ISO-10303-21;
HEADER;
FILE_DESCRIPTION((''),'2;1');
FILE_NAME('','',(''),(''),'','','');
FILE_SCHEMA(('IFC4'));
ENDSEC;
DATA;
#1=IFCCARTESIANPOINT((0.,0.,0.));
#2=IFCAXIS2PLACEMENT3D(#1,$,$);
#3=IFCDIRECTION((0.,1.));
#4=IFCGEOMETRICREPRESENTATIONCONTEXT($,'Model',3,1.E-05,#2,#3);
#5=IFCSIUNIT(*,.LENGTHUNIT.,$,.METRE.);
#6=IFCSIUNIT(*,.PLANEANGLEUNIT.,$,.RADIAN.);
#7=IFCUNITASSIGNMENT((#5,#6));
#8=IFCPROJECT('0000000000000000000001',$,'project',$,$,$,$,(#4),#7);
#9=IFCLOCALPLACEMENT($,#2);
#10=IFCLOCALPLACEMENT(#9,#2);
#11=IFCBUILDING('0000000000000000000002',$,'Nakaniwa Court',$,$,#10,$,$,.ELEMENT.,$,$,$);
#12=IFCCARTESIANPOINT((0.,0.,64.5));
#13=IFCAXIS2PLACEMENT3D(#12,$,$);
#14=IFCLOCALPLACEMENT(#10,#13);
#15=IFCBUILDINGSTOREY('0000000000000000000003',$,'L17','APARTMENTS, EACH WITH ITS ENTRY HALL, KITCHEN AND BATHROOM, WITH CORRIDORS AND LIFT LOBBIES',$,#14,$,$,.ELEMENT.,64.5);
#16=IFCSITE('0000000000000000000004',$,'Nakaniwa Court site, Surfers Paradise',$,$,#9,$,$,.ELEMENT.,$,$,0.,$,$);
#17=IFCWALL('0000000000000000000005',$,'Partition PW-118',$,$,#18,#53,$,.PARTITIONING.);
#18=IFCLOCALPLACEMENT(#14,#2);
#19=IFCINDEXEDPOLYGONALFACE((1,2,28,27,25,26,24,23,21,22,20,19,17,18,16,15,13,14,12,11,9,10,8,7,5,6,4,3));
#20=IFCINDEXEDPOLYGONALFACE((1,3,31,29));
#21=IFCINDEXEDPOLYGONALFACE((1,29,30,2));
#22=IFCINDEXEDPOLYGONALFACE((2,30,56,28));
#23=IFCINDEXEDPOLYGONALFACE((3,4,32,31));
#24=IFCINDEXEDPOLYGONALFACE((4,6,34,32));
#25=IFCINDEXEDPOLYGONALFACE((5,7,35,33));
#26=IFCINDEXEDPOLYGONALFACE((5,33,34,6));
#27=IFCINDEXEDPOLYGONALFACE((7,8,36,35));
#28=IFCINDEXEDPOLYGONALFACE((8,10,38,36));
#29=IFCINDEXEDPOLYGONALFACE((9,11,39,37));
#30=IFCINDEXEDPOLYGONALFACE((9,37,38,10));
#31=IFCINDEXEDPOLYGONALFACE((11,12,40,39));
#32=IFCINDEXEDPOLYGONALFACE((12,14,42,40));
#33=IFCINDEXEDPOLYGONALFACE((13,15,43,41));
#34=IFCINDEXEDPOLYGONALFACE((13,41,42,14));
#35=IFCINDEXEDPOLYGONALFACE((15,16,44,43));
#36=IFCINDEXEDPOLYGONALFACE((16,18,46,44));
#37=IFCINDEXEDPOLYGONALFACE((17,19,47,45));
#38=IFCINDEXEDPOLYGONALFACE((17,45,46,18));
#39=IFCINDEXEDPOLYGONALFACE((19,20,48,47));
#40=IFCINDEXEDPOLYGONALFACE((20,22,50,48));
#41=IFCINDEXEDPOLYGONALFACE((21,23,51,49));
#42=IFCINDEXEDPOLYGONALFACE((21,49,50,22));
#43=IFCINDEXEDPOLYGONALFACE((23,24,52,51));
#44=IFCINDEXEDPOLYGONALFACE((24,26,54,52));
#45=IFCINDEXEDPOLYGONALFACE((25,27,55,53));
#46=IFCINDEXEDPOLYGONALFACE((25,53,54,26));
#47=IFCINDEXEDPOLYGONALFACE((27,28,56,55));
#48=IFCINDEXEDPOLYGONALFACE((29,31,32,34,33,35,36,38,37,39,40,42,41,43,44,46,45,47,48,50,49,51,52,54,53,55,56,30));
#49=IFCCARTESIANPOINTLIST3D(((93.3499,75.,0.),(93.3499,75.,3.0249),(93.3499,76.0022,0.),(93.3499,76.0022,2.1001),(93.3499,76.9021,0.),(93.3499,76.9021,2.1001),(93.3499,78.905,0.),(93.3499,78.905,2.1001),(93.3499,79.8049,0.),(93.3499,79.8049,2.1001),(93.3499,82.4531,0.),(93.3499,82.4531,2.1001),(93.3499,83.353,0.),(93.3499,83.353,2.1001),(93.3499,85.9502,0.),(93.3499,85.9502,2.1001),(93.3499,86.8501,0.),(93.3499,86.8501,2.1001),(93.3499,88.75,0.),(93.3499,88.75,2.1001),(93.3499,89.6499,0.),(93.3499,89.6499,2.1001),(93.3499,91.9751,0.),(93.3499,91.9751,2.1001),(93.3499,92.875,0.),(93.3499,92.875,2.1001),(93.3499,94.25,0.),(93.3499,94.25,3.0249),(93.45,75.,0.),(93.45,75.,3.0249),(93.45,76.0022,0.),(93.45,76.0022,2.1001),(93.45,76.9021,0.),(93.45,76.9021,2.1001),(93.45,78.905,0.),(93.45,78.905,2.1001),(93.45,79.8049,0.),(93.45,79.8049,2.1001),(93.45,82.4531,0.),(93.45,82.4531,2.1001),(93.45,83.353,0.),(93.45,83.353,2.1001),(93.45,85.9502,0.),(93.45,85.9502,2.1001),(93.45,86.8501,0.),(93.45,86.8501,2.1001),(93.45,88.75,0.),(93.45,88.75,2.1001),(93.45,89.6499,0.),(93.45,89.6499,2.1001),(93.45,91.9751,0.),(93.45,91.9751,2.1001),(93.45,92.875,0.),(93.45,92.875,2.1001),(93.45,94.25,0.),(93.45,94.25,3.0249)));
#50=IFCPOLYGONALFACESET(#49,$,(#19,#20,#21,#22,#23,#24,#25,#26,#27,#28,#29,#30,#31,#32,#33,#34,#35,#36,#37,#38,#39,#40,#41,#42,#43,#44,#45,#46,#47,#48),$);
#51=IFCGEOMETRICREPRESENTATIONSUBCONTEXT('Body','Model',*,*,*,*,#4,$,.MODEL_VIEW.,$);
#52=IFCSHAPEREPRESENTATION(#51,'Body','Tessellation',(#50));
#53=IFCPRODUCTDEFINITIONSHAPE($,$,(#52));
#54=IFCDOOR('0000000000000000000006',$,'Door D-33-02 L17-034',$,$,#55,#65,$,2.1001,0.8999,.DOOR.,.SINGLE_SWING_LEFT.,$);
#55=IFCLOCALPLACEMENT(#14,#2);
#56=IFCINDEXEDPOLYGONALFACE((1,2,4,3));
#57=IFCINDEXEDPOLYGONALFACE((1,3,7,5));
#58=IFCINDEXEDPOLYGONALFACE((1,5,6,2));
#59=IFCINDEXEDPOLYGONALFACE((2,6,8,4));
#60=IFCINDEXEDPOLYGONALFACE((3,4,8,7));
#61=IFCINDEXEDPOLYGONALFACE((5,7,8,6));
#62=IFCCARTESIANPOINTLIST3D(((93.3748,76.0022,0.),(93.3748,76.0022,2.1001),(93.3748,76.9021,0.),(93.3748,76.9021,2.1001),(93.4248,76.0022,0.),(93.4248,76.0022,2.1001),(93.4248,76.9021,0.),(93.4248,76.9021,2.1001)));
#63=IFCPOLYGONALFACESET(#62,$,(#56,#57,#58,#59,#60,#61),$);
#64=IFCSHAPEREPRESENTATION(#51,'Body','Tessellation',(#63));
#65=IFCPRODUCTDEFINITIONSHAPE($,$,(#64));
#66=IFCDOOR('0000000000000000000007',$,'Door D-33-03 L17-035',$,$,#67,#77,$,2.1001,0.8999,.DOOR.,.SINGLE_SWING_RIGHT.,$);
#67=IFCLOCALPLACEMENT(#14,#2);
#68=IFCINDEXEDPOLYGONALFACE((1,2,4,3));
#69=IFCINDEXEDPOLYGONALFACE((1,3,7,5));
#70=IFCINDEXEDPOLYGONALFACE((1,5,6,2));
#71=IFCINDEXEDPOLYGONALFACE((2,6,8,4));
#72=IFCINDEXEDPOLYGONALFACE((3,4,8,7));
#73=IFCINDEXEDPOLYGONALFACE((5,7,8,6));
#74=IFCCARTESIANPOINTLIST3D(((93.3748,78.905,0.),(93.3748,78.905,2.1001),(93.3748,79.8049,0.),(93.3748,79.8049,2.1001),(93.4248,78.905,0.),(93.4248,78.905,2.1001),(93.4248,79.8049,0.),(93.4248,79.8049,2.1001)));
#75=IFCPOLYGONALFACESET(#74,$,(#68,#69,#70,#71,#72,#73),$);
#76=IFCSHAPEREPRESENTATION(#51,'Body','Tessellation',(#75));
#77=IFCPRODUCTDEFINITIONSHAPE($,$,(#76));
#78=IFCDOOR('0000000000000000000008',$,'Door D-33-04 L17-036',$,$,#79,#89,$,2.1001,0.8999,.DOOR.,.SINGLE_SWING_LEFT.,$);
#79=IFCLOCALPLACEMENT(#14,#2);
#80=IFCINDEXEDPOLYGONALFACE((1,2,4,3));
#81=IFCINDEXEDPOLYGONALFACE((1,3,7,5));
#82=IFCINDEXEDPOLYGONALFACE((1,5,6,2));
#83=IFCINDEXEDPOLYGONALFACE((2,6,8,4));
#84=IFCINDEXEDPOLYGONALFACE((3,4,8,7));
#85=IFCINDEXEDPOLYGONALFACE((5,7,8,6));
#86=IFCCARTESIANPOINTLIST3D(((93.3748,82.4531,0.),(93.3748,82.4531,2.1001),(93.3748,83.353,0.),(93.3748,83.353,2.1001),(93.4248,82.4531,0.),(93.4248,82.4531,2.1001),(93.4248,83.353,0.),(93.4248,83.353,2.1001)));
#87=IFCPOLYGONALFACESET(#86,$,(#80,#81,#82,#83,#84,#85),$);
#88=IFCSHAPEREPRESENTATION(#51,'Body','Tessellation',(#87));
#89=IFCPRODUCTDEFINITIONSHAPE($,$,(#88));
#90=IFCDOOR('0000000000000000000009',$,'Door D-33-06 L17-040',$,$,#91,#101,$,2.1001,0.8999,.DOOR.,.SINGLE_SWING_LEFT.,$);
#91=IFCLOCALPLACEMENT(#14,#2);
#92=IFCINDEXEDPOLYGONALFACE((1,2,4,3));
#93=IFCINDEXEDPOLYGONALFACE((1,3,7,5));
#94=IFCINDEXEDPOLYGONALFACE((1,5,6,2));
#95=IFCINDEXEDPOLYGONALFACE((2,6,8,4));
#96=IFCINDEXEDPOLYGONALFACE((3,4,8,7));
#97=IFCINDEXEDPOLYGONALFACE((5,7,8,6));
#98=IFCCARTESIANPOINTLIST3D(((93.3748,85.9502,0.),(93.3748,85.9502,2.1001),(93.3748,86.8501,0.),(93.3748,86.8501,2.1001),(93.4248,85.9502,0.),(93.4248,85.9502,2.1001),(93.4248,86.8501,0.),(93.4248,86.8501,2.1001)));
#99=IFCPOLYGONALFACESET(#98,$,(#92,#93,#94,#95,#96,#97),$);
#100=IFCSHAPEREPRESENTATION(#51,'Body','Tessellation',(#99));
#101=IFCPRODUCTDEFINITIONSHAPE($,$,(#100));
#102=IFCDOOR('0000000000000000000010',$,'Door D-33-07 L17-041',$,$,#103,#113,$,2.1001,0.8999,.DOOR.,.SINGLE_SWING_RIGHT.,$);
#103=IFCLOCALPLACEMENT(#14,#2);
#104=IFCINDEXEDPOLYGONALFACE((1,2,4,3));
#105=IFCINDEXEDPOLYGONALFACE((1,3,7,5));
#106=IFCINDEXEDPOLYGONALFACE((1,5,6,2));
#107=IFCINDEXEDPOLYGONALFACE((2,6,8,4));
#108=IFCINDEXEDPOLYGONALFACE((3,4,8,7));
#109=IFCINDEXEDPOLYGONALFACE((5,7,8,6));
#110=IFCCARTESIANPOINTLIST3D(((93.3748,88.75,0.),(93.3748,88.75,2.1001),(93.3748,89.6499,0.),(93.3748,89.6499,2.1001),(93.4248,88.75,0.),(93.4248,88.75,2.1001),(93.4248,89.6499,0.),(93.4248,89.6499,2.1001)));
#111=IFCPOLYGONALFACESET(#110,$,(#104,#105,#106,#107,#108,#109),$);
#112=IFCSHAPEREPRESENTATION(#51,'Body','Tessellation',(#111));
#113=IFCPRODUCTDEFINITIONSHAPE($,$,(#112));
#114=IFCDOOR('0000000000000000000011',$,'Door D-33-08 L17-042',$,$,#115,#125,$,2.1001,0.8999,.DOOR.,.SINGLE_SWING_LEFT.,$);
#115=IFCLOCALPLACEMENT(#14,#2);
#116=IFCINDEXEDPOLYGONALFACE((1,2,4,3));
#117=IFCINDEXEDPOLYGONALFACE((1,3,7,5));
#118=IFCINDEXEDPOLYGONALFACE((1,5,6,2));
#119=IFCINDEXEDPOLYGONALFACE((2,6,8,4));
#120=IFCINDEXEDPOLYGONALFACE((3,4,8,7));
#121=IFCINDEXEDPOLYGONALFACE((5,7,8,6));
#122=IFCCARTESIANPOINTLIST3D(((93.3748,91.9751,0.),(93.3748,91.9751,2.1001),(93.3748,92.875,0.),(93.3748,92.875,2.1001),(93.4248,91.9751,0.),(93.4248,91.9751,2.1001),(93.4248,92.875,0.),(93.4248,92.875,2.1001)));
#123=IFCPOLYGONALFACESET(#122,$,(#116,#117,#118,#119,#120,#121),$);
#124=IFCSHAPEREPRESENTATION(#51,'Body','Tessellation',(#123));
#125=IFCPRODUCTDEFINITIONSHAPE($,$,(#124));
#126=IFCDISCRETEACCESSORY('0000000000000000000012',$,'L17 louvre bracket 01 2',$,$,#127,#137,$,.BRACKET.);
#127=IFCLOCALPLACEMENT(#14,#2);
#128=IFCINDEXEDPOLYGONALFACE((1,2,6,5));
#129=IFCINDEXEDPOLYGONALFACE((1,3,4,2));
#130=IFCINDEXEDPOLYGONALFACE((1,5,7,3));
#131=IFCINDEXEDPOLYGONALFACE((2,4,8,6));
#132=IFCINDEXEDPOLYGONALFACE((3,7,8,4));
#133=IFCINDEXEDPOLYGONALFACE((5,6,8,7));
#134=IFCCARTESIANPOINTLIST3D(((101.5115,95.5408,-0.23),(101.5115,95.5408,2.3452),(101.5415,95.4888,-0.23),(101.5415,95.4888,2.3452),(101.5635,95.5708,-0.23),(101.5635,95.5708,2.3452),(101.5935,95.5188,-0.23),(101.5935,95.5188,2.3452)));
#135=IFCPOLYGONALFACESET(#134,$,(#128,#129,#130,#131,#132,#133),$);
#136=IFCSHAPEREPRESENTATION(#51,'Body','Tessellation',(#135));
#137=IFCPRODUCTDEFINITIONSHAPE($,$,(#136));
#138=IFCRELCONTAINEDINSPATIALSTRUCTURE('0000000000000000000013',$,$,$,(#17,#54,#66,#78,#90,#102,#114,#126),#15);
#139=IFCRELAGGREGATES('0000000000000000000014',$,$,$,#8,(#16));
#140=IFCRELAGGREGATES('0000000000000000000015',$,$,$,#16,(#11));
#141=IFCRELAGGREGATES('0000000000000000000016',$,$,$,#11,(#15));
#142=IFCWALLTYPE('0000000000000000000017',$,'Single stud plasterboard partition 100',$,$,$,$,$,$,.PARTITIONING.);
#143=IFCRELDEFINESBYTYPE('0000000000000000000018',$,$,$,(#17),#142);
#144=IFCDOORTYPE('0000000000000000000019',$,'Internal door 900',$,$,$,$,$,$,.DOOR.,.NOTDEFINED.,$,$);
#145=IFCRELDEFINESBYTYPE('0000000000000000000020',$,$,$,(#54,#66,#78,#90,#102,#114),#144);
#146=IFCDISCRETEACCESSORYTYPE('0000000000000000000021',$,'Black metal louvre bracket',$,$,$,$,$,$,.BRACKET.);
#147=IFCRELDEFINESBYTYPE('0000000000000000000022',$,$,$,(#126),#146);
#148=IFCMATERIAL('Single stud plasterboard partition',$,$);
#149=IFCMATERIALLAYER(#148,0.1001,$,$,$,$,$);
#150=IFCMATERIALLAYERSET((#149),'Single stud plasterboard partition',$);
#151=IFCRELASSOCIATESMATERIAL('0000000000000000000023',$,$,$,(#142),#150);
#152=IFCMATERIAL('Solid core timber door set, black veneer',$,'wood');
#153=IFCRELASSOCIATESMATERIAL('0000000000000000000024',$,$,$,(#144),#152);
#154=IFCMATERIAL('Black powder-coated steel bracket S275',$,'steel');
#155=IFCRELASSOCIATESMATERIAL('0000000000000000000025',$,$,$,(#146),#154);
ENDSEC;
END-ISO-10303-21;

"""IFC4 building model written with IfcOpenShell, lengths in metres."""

from ifc_helpers import new_model, si_unit, direction, frame, frame_2d, origin, origin_2d, place, context, subcontext, project, spatial, rectangle, extrude, material, layer, layer_set, type_object, element, fill, save


model = new_model("IFC4")

# Units and contexts
model_context = context("Model", 3, precision=1e-05, world=origin(), true_north=direction((0.0, 1.0)))
body_context = subcontext(model_context, "Body", "Model", "MODEL_VIEW")
ifc_project = project(units=[si_unit("LENGTHUNIT", "METRE"), si_unit("PLANEANGLEUNIT", "RADIAN")], contexts=[model_context])

# Site, building, storey
site_placement = place(None, origin())
site = spatial("IfcSite", under=ifc_project, at=site_placement, Name="Nakaniwa Court site, Surfers Paradise", CompositionType="ELEMENT", RefElevation=0.0)
building_placement = place(site_placement, origin())
building = spatial("IfcBuilding", under=site, at=building_placement, Name="Nakaniwa Court", CompositionType="ELEMENT")
storey_placement = place(building_placement, frame((0.0, 0.0, 64.5)))
storey = spatial("IfcBuildingStorey", under=building, at=storey_placement, Name="L17", Description="APARTMENTS, EACH WITH ITS ENTRY HALL, KITCHEN AND BATHROOM, WITH CORRIDORS AND LIFT LOBBIES", CompositionType="ELEMENT", Elevation=64.5)

# Shared definitions
ifc_material_1 = material(Name="Solid core timber door set, black veneer", Category="wood")

# Wall, openings, doors
ifc_material_2 = material(Name="Single stud plasterboard partition")
ifc_layer_1 = layer(ifc_material_2, 0.1001)
ifc_layer_set_1 = layer_set([ifc_layer_1], Name="Single stud plasterboard partition")
wall_type_1 = type_object("IfcWallType", Name="Single stud plasterboard partition 100", PredefinedType="PARTITIONING", material=ifc_layer_set_1)
wall_1_placement = place(storey_placement, frame((93.3999, 94.25, 0.0), z_axis=(0.0, 0.0, 1.0), x_axis=(0.0, -1.0, 0.0)))
wall_1 = element("IfcWall", 1, at=wall_1_placement, inside=storey, type_object=wall_type_1, Name="Partition PW-118", PredefinedType="PARTITIONING", context=body_context, shape_type="SweptSolid", body=[
    extrude(rectangle(XDim=19.25, YDim=0.1001, at=frame_2d((9.625, 0.0))), origin(), (0.0, 0.0, 1.0), 3.0249),
])
opening_1_placement = place(wall_1_placement, frame((17.3479, 0.0, 0.0)))
opening_1 = element("IfcOpeningElement", 2, at=opening_1_placement, cuts=wall_1, PredefinedType="OPENING", context=body_context, shape_type="SweptSolid", body=[
    extrude(rectangle(XDim=0.8999, YDim=2.1001, at=frame_2d((0.45, 1.05))), frame((0.0, 0.0601, 0.0), z_axis=(0.0, -1.0, 0.0), x_axis=(1.0, 0.0, 0.0)), (0.0, 0.0, 1.0), 0.1201),
])
opening_2_placement = place(wall_1_placement, frame((14.4451, 0.0, 0.0)))
opening_2 = element("IfcOpeningElement", 3, at=opening_2_placement, cuts=wall_1, PredefinedType="OPENING", context=body_context, shape_type="SweptSolid", body=[
    extrude(rectangle(XDim=0.8999, YDim=2.1001, at=frame_2d((0.45, 1.05))), frame((0.0, 0.0601, 0.0), z_axis=(0.0, -1.0, 0.0), x_axis=(1.0, 0.0, 0.0)), (0.0, 0.0, 1.0), 0.1201),
])
opening_3_placement = place(wall_1_placement, frame((10.897, 0.0, 0.0)))
opening_3 = element("IfcOpeningElement", 4, at=opening_3_placement, cuts=wall_1, PredefinedType="OPENING", context=body_context, shape_type="SweptSolid", body=[
    extrude(rectangle(XDim=0.8999, YDim=2.1001, at=frame_2d((0.45, 1.05))), frame((0.0, 0.0601, 0.0), z_axis=(0.0, -1.0, 0.0), x_axis=(1.0, 0.0, 0.0)), (0.0, 0.0, 1.0), 0.1201),
])
opening_4_placement = place(wall_1_placement, frame((7.3999, 0.0, 0.0)))
opening_4 = element("IfcOpeningElement", 5, at=opening_4_placement, cuts=wall_1, PredefinedType="OPENING", context=body_context, shape_type="SweptSolid", body=[
    extrude(rectangle(XDim=0.8999, YDim=2.1001, at=frame_2d((0.45, 1.05))), frame((0.0, 0.0601, 0.0), z_axis=(0.0, -1.0, 0.0), x_axis=(1.0, 0.0, 0.0)), (0.0, 0.0, 1.0), 0.1201),
])
opening_5_placement = place(wall_1_placement, frame((4.6001, 0.0, 0.0)))
opening_5 = element("IfcOpeningElement", 6, at=opening_5_placement, cuts=wall_1, PredefinedType="OPENING", context=body_context, shape_type="SweptSolid", body=[
    extrude(rectangle(XDim=0.8999, YDim=2.1001, at=frame_2d((0.45, 1.05))), frame((0.0, 0.0601, 0.0), z_axis=(0.0, -1.0, 0.0), x_axis=(1.0, 0.0, 0.0)), (0.0, 0.0, 1.0), 0.1201),
])
opening_6_placement = place(wall_1_placement, frame((1.375, 0.0, 0.0)))
opening_6 = element("IfcOpeningElement", 7, at=opening_6_placement, cuts=wall_1, PredefinedType="OPENING", context=body_context, shape_type="SweptSolid", body=[
    extrude(rectangle(XDim=0.8999, YDim=2.1001, at=frame_2d((0.45, 1.05))), frame((0.0, 0.0601, 0.0), z_axis=(0.0, -1.0, 0.0), x_axis=(1.0, 0.0, 0.0)), (0.0, 0.0, 1.0), 0.1201),
])
door_type_1 = type_object("IfcDoorType", Name="Internal door 900", OperationType="NOTDEFINED", PredefinedType="DOOR", material=ifc_material_1)
door_1_placement = place(opening_1_placement, origin())
door_1 = element("IfcDoor", 8, at=door_1_placement, inside=storey, type_object=door_type_1, Name="Door D-33-02 L17-034", OperationType="SINGLE_SWING_LEFT", OverallHeight=2.1001, OverallWidth=0.8999, PredefinedType="DOOR", context=body_context, shape_type="SweptSolid", body=[
    extrude(rectangle(XDim=0.8999, YDim=2.1001, at=frame_2d((0.45, 1.05))), frame((0.0, 0.0249, 0.0), z_axis=(0.0, -1.0, 0.0), x_axis=(1.0, 0.0, 0.0)), (0.0, 0.0, 1.0), 0.05),
])
fill(opening_1, door_1)
door_2_placement = place(opening_2_placement, origin())
door_2 = element("IfcDoor", 9, at=door_2_placement, inside=storey, type_object=door_type_1, Name="Door D-33-03 L17-035", OperationType="SINGLE_SWING_RIGHT", OverallHeight=2.1001, OverallWidth=0.8999, PredefinedType="DOOR", context=body_context, shape_type="SweptSolid", body=[
    extrude(rectangle(XDim=0.8999, YDim=2.1001, at=frame_2d((0.45, 1.05))), frame((0.0, 0.0249, 0.0), z_axis=(0.0, -1.0, 0.0), x_axis=(1.0, 0.0, 0.0)), (0.0, 0.0, 1.0), 0.05),
])
fill(opening_2, door_2)
door_3_placement = place(opening_3_placement, origin())
door_3 = element("IfcDoor", 10, at=door_3_placement, inside=storey, type_object=door_type_1, Name="Door D-33-04 L17-036", OperationType="SINGLE_SWING_LEFT", OverallHeight=2.1001, OverallWidth=0.8999, PredefinedType="DOOR", context=body_context, shape_type="SweptSolid", body=[
    extrude(rectangle(XDim=0.8999, YDim=2.1001, at=frame_2d((0.45, 1.05))), frame((0.0, 0.0249, 0.0), z_axis=(0.0, -1.0, 0.0), x_axis=(1.0, 0.0, 0.0)), (0.0, 0.0, 1.0), 0.05),
])
fill(opening_3, door_3)
door_4_placement = place(opening_4_placement, origin())
door_4 = element("IfcDoor", 11, at=door_4_placement, inside=storey, type_object=door_type_1, Name="Door D-33-06 L17-040", OperationType="SINGLE_SWING_LEFT", OverallHeight=2.1001, OverallWidth=0.8999, PredefinedType="DOOR", context=body_context, shape_type="SweptSolid", body=[
    extrude(rectangle(XDim=0.8999, YDim=2.1001, at=frame_2d((0.45, 1.05))), frame((0.0, 0.0249, 0.0), z_axis=(0.0, -1.0, 0.0), x_axis=(1.0, 0.0, 0.0)), (0.0, 0.0, 1.0), 0.05),
])
fill(opening_4, door_4)
door_5_placement = place(opening_5_placement, origin())
door_5 = element("IfcDoor", 12, at=door_5_placement, inside=storey, type_object=door_type_1, Name="Door D-33-07 L17-041", OperationType="SINGLE_SWING_RIGHT", OverallHeight=2.1001, OverallWidth=0.8999, PredefinedType="DOOR", context=body_context, shape_type="SweptSolid", body=[
    extrude(rectangle(XDim=0.8999, YDim=2.1001, at=frame_2d((0.45, 1.05))), frame((0.0, 0.0249, 0.0), z_axis=(0.0, -1.0, 0.0), x_axis=(1.0, 0.0, 0.0)), (0.0, 0.0, 1.0), 0.05),
])
fill(opening_5, door_5)
door_6_placement = place(opening_6_placement, origin())
door_6 = element("IfcDoor", 13, at=door_6_placement, inside=storey, type_object=door_type_1, Name="Door D-33-08 L17-042", OperationType="SINGLE_SWING_LEFT", OverallHeight=2.1001, OverallWidth=0.8999, PredefinedType="DOOR", context=body_context, shape_type="SweptSolid", body=[
    extrude(rectangle(XDim=0.8999, YDim=2.1001, at=frame_2d((0.45, 1.05))), frame((0.0, 0.0249, 0.0), z_axis=(0.0, -1.0, 0.0), x_axis=(1.0, 0.0, 0.0)), (0.0, 0.0, 1.0), 0.05),
])
fill(opening_6, door_6)

# Discrete accessory
ifc_material_3 = material(Name="Black powder-coated steel bracket S275", Category="steel")
discrete_accessory_type = type_object("IfcDiscreteAccessoryType", Name="Black metal louvre bracket", PredefinedType="BRACKET", material=ifc_material_3)
discrete_accessory_placement = place(storey_placement, frame((101.5525, 95.5298, -0.23), z_axis=(0.0, 0.0, 1.0), x_axis=(-0.500005, 0.866023, 0.0)))
element("IfcDiscreteAccessory", 14, at=discrete_accessory_placement, inside=storey, type_object=discrete_accessory_type, Name="L17 louvre bracket 01 2", PredefinedType="BRACKET", context=body_context, shape_type="SweptSolid", body=[
    extrude(rectangle(XDim=0.0601, YDim=0.0601, at=origin_2d()), origin(), (0.0, 0.0, 1.0), 2.5752),
])

save(model, "model.ifc")
